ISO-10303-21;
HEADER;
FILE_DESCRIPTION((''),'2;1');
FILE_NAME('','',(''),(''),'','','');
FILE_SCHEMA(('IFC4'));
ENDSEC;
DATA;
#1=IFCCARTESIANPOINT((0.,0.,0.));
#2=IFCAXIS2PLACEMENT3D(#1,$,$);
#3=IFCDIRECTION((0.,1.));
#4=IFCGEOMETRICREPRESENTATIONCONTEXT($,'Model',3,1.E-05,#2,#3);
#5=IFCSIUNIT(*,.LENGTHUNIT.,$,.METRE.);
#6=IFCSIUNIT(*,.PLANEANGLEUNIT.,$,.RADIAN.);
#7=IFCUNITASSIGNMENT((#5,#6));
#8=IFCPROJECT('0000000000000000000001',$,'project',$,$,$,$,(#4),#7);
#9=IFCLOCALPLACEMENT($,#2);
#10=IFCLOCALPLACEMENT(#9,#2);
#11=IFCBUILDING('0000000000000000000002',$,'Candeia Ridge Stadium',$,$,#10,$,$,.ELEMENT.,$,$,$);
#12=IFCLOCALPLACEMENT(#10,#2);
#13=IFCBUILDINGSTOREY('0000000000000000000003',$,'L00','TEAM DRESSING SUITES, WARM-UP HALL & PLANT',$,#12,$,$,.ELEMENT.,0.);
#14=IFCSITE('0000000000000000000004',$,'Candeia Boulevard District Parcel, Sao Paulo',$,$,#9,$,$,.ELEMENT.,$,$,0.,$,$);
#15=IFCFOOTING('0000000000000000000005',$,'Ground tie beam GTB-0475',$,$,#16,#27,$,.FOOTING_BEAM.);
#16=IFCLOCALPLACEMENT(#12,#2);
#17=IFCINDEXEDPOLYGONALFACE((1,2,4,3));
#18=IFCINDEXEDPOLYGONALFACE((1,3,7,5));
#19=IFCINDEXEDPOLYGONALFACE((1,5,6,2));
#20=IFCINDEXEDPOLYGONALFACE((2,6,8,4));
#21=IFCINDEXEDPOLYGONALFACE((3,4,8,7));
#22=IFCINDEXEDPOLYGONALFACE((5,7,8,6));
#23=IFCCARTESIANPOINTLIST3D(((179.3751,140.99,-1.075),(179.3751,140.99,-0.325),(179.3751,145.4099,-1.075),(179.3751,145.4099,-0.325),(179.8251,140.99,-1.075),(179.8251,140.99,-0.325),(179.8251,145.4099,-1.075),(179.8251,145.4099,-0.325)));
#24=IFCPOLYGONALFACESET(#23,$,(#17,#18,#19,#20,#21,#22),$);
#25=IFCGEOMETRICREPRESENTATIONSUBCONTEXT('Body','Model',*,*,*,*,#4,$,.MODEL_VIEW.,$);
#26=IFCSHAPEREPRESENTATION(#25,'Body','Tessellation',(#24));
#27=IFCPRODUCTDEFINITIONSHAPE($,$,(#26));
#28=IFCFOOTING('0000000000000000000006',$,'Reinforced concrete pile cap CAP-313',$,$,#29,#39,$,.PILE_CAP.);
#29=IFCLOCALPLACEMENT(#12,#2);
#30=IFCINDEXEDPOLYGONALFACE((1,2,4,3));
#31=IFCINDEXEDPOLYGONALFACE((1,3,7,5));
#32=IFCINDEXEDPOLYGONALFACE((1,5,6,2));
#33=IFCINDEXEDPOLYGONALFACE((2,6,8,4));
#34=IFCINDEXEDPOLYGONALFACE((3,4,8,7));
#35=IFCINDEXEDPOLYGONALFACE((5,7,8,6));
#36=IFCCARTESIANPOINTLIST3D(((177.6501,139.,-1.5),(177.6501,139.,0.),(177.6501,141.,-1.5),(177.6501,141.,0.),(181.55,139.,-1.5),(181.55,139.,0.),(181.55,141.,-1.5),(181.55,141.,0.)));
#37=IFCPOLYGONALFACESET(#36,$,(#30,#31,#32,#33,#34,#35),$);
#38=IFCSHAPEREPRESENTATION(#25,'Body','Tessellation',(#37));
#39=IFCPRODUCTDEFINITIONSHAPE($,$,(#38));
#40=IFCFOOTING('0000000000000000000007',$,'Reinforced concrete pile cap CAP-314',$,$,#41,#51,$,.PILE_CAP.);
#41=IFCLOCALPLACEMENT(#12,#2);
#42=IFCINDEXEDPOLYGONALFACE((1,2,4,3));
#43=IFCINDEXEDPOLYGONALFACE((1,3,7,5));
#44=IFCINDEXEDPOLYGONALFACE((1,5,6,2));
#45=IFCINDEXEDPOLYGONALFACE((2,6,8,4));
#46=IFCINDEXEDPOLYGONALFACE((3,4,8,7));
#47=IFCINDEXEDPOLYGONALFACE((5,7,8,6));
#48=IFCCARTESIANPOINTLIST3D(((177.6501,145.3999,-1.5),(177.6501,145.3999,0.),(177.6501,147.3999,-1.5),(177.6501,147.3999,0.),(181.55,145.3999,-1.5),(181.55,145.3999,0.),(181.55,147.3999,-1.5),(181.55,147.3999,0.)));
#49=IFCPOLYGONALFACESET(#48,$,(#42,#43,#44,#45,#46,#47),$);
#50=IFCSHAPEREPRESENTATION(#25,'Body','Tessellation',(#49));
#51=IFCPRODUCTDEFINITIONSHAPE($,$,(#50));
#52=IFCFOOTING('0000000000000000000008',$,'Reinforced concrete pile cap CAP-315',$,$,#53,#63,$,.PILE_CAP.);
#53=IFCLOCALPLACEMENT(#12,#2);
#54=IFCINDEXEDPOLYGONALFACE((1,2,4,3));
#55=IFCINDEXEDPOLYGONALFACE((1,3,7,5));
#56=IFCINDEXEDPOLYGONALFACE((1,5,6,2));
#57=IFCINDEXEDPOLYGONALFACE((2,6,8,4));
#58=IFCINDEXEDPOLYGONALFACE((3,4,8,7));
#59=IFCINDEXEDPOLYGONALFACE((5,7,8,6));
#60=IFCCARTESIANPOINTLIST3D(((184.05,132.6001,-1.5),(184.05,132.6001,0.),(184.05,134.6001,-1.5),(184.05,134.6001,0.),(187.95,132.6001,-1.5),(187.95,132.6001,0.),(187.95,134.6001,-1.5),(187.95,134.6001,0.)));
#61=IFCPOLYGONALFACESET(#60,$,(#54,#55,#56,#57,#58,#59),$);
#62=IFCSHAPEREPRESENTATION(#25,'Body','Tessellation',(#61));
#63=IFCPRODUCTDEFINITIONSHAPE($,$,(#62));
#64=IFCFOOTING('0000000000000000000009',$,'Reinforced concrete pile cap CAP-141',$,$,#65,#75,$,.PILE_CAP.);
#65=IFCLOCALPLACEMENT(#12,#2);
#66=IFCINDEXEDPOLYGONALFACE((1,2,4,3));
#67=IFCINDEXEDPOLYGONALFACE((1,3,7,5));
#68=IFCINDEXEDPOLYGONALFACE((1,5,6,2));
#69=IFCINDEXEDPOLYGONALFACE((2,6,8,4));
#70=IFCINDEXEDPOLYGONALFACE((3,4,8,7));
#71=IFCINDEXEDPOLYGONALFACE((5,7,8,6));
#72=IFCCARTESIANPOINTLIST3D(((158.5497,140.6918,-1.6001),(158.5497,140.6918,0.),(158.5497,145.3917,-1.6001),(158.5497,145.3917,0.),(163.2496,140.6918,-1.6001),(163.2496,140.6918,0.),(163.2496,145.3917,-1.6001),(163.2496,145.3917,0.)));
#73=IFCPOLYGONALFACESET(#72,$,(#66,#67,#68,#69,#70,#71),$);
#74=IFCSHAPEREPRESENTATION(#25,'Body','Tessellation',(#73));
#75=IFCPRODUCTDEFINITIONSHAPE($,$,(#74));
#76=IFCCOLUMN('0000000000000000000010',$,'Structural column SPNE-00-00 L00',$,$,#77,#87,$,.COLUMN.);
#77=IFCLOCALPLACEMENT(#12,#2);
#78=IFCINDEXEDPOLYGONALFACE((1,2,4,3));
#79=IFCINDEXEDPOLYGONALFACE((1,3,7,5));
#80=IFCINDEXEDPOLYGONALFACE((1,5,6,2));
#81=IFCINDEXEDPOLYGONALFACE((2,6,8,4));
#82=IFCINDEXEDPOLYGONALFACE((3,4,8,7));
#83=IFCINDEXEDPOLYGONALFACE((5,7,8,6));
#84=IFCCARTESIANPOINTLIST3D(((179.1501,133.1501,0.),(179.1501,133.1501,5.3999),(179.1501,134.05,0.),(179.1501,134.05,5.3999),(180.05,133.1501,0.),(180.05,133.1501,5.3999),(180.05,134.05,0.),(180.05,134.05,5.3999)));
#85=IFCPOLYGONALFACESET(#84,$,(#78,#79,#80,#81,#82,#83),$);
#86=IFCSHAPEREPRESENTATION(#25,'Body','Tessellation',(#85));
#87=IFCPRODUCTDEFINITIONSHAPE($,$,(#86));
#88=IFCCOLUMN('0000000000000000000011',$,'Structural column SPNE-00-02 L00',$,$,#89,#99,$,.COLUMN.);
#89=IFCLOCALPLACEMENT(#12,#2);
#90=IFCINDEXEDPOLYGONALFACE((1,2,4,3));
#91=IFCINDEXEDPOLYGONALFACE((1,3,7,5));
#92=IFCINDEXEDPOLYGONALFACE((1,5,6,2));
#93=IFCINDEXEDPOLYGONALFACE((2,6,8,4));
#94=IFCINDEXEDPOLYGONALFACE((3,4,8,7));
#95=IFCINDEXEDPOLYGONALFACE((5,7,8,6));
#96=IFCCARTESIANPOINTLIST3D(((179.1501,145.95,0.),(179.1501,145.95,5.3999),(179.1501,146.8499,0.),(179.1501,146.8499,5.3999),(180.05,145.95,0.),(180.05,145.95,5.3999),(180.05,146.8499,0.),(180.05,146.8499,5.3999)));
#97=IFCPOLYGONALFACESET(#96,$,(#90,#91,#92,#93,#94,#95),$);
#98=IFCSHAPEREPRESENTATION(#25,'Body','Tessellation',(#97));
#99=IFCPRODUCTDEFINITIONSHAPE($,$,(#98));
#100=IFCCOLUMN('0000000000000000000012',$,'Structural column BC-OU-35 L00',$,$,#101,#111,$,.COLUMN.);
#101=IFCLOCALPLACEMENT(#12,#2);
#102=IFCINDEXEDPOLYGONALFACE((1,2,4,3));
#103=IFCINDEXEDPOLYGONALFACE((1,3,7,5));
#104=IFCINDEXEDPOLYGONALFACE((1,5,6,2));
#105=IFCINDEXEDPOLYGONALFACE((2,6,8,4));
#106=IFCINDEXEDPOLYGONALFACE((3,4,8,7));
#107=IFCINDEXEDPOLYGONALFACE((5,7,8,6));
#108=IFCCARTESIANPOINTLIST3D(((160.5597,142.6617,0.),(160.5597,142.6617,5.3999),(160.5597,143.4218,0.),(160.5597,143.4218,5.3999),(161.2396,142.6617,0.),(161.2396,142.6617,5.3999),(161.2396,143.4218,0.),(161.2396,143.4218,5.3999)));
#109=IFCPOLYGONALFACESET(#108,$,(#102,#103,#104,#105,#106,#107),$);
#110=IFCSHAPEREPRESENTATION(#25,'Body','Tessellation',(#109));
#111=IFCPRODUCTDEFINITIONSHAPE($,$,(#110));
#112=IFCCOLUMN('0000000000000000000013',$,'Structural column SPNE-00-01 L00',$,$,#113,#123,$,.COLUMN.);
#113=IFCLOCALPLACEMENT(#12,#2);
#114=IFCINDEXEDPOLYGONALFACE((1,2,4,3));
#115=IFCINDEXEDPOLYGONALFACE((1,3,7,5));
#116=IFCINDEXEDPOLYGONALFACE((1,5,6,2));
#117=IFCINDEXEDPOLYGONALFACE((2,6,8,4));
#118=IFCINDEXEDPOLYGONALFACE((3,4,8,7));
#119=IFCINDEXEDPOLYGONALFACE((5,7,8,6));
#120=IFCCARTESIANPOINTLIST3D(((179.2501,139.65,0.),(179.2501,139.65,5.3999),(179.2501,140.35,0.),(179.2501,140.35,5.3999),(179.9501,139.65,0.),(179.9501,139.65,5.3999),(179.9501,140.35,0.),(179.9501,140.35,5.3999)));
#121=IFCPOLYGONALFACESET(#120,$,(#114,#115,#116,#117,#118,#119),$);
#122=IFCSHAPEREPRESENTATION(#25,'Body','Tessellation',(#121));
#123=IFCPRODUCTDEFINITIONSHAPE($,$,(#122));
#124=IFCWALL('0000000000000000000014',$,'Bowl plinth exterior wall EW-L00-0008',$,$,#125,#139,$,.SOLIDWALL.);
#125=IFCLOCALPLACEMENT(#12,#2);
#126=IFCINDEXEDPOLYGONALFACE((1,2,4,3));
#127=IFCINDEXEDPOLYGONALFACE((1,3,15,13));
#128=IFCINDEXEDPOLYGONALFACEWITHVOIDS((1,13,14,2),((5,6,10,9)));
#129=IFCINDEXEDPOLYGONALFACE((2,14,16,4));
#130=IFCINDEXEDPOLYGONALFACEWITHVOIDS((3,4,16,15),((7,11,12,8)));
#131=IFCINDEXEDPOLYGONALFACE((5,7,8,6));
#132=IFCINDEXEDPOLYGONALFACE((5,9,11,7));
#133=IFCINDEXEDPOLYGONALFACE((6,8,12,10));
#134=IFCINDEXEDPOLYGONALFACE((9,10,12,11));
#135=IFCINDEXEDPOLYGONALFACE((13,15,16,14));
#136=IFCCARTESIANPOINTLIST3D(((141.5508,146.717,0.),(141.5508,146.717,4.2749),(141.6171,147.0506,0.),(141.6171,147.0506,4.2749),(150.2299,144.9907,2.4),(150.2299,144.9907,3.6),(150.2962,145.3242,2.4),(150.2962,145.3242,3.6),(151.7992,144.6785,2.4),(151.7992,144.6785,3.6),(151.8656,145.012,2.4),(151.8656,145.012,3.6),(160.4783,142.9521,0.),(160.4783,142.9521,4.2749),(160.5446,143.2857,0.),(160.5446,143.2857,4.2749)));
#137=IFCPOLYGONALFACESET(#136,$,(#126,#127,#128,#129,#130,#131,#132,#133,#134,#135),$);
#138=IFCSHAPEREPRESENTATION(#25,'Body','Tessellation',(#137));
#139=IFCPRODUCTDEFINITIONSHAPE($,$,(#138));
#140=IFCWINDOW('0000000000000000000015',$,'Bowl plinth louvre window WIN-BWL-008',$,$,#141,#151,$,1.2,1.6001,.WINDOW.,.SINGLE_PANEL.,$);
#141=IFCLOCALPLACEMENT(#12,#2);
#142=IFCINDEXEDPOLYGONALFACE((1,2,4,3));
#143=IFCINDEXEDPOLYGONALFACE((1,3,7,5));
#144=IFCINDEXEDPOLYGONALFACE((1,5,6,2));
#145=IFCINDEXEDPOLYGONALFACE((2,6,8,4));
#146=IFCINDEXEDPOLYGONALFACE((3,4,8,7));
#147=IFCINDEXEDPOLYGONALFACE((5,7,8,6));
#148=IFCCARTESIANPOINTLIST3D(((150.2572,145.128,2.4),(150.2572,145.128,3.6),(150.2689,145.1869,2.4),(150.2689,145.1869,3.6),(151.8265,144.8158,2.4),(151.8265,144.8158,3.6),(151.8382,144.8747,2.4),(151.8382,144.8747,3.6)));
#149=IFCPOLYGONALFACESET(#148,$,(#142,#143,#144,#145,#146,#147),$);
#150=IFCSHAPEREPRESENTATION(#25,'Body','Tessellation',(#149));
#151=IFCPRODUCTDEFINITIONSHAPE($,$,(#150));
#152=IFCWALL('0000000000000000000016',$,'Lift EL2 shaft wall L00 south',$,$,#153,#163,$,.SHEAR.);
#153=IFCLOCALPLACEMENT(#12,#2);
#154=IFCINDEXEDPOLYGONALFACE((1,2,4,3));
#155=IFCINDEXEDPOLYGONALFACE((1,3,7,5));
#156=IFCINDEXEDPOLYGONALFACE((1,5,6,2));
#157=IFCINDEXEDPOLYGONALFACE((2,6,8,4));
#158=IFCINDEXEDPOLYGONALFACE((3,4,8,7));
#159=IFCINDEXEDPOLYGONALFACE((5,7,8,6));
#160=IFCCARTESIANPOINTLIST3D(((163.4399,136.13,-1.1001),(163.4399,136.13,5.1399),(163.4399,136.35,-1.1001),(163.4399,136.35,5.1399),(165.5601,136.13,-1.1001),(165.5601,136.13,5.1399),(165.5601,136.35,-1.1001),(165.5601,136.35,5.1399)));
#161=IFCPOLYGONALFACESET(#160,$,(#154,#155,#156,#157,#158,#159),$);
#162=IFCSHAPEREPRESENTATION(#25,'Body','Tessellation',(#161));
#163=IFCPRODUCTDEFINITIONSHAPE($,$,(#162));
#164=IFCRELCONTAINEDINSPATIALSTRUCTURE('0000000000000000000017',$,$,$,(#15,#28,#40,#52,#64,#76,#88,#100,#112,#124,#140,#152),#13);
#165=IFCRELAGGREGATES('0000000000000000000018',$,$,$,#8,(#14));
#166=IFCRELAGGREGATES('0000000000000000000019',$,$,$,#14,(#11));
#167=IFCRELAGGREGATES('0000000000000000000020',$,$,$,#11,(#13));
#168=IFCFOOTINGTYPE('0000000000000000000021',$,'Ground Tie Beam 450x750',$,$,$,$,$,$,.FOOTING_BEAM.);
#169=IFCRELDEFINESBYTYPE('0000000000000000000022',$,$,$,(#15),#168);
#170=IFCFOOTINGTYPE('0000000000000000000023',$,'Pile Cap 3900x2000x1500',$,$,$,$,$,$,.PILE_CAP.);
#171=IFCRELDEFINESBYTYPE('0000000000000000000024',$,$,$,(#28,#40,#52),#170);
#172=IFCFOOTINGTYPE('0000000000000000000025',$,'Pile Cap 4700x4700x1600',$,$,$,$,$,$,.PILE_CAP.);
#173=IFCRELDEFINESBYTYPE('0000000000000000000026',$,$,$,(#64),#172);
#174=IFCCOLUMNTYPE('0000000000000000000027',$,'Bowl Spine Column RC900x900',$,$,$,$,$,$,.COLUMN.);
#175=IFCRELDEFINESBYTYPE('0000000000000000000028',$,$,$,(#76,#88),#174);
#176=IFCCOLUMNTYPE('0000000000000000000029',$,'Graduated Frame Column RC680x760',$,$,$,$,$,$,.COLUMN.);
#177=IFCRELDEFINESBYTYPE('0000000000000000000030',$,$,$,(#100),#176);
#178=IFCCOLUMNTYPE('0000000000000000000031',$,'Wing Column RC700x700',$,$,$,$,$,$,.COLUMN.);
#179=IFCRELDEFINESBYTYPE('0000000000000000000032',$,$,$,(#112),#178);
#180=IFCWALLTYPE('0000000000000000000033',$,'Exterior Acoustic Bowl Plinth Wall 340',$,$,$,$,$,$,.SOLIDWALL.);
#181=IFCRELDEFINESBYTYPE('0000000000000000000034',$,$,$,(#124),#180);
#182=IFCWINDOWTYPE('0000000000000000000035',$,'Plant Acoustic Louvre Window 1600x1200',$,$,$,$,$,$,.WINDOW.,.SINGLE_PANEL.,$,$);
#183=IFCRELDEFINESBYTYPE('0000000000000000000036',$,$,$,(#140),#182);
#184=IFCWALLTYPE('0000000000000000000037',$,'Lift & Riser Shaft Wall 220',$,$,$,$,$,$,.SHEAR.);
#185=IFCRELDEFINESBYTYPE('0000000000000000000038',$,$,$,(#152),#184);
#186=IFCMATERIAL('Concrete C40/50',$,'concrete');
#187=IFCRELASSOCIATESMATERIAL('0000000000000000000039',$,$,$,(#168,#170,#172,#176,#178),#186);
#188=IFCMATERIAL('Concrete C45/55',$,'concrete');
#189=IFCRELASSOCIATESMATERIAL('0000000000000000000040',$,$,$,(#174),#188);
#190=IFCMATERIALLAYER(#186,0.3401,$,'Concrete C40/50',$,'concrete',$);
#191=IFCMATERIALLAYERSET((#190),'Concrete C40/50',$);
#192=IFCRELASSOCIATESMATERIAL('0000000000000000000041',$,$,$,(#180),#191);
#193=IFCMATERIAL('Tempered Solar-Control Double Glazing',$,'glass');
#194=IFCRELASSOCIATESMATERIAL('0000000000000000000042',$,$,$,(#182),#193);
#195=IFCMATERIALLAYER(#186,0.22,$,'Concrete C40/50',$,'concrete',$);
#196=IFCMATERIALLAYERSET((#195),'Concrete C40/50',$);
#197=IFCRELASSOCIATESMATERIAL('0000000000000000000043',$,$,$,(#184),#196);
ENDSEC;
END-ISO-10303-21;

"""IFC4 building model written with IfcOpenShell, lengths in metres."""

from ifc_helpers import new_model, si_unit, direction, frame, frame_2d, origin, origin_2d, place, context, subcontext, project, spatial, rectangle, extrude, material, layer, layer_set, material_profile, profile_set, type_object, element, fill, save


model = new_model("IFC4")

# Units and contexts
model_context = context("Model", 3, precision=1e-05, world=origin(), true_north=direction((0.0, 1.0)))
body_context = subcontext(model_context, "Body", "Model", "MODEL_VIEW")
ifc_project = project(units=[si_unit("LENGTHUNIT", "METRE"), si_unit("PLANEANGLEUNIT", "RADIAN")], contexts=[model_context])

# Site, building, storey
site_placement = place(None, origin())
site = spatial("IfcSite", under=ifc_project, at=site_placement, Name="Candeia Boulevard District Parcel, Sao Paulo", CompositionType="ELEMENT", RefElevation=0.0)
building_placement = place(site_placement, origin())
building = spatial("IfcBuilding", under=site, at=building_placement, Name="Candeia Ridge Stadium", CompositionType="ELEMENT")
storey_placement = place(building_placement, origin())
storey = spatial("IfcBuildingStorey", under=building, at=storey_placement, Name="L00", Description="TEAM DRESSING SUITES, WARM-UP HALL & PLANT", CompositionType="ELEMENT", Elevation=0.0)

# Shared definitions
ifc_material_1 = material(Name="Concrete C40/50", Category="concrete")

# Footings
footing_type_1 = type_object("IfcFootingType", Name="Ground Tie Beam 450x750", PredefinedType="FOOTING_BEAM", material=ifc_material_1)
for number, where, z_axis, x_axis, name in (
    (1, (179.6001, 143.2, -1.075), (0.0, 0.0, 1.0), (0.0, 1.0, 0.0), "Ground tie beam GTB-0475"),
):
    element("IfcFooting", number, at=place(storey_placement, frame(where, z_axis=z_axis, x_axis=x_axis)), inside=storey, type_object=footing_type_1, Name=name, PredefinedType="FOOTING_BEAM", context=body_context, shape_type="SweptSolid", body=[
        extrude(rectangle(XDim=4.4199, YDim=0.45, at=origin_2d()), origin(), (0.0, 0.0, 1.0), 0.75),
    ])
footing_type_2 = type_object("IfcFootingType", Name="Pile Cap 3900x2000x1500", PredefinedType="PILE_CAP", material=ifc_material_1)
for number, where, z_axis, x_axis, name in (
    (2, (179.6001, 140.0, -1.5), (0.0, 0.0, 1.0), (1.0, 0.0, 0.0), "Reinforced concrete pile cap CAP-313"),
    (3, (179.6001, 146.3999, -1.5), (0.0, 0.0, 1.0), (1.0, 0.0, 0.0), "Reinforced concrete pile cap CAP-314"),
    (4, (186.0, 133.6001, -1.5), (0.0, 0.0, 1.0), (1.0, 0.0, 0.0), "Reinforced concrete pile cap CAP-315"),
):
    element("IfcFooting", number, at=place(storey_placement, frame(where, z_axis=z_axis, x_axis=x_axis)), inside=storey, type_object=footing_type_2, Name=name, PredefinedType="PILE_CAP", context=body_context, shape_type="SweptSolid", body=[
        extrude(rectangle(XDim=3.8999, YDim=2.0, at=origin_2d()), origin(), (0.0, 0.0, 1.0), 1.5),
    ])
footing_type_3 = type_object("IfcFootingType", Name="Pile Cap 4700x4700x1600", PredefinedType="PILE_CAP", material=ifc_material_1)
footing_placement = place(storey_placement, frame((160.8997, 143.0417, -1.6001), z_axis=(0.0, 0.0, 1.0), x_axis=(1.0, 0.0, 0.0)))
element("IfcFooting", 5, at=footing_placement, inside=storey, type_object=footing_type_3, Name="Reinforced concrete pile cap CAP-141", PredefinedType="PILE_CAP", context=body_context, shape_type="SweptSolid", body=[
    extrude(rectangle(XDim=4.7, YDim=4.7, at=origin_2d()), origin(), (0.0, 0.0, 1.0), 1.6001),
])

# Columns
ifc_material_2 = material(Name="Concrete C45/55", Category="concrete")
ifc_material_profile_1 = material_profile(ifc_material_2, rectangle(XDim=0.8999, YDim=0.8999, at=origin_2d()), Name="RC900x900", Category="concrete")
ifc_profile_set_1 = profile_set([ifc_material_profile_1], Name="Concrete C45/55")
column_type_1 = type_object("IfcColumnType", Name="Bowl Spine Column RC900x900", PredefinedType="COLUMN", material=ifc_profile_set_1)
for number, where, z_axis, x_axis, name in (
    (6, (179.6001, 133.6001, 0.0), (0.0, 0.0, 1.0), (1.0, 0.0, 0.0), "Structural column SPNE-00-00 L00"),
    (7, (179.6001, 146.3999, 0.0), (0.0, 0.0, 1.0), (1.0, 0.0, 0.0), "Structural column SPNE-00-02 L00"),
):
    element("IfcColumn", number, at=place(storey_placement, frame(where, z_axis=z_axis, x_axis=x_axis)), inside=storey, type_object=column_type_1, Name=name, PredefinedType="COLUMN", context=body_context, shape_type="SweptSolid", body=[
        extrude(rectangle(XDim=0.8999, YDim=0.8999, at=origin_2d()), origin(), (0.0, 0.0, 1.0), 5.3999),
    ])
ifc_material_profile_2 = material_profile(ifc_material_1, rectangle(XDim=0.6799, YDim=0.76, at=origin_2d()), Name="RC680x760", Category="concrete")
ifc_profile_set_2 = profile_set([ifc_material_profile_2], Name="Concrete C40/50")
column_type_2 = type_object("IfcColumnType", Name="Graduated Frame Column RC680x760", PredefinedType="COLUMN", material=ifc_profile_set_2)
column_1_placement = place(storey_placement, frame((160.8997, 143.0417, 0.0), z_axis=(0.0, 0.0, 1.0), x_axis=(1.0, 0.0, 0.0)))
element("IfcColumn", 8, at=column_1_placement, inside=storey, type_object=column_type_2, Name="Structural column BC-OU-35 L00", PredefinedType="COLUMN", context=body_context, shape_type="SweptSolid", body=[
    extrude(rectangle(XDim=0.6799, YDim=0.76, at=origin_2d()), origin(), (0.0, 0.0, 1.0), 5.3999),
])
ifc_material_profile_3 = material_profile(ifc_material_1, rectangle(XDim=0.7, YDim=0.7, at=origin_2d()), Name="RC700x700", Category="concrete")
ifc_profile_set_3 = profile_set([ifc_material_profile_3], Name="Concrete C40/50")
column_type_3 = type_object("IfcColumnType", Name="Wing Column RC700x700", PredefinedType="COLUMN", material=ifc_profile_set_3)
column_2_placement = place(storey_placement, frame((179.6001, 140.0, 0.0), z_axis=(0.0, 0.0, 1.0), x_axis=(1.0, 0.0, 0.0)))
element("IfcColumn", 9, at=column_2_placement, inside=storey, type_object=column_type_3, Name="Structural column SPNE-00-01 L00", PredefinedType="COLUMN", context=body_context, shape_type="SweptSolid", body=[
    extrude(rectangle(XDim=0.7, YDim=0.7, at=origin_2d()), origin(), (0.0, 0.0, 1.0), 5.3999),
])

# Wall, opening, window
ifc_layer_1 = layer(ifc_material_1, 0.3401, Name="Concrete C40/50", Category="concrete")
ifc_layer_set_1 = layer_set([ifc_layer_1], Name="Concrete C40/50")
wall_type_1 = type_object("IfcWallType", Name="Exterior Acoustic Bowl Plinth Wall 340", PredefinedType="SOLIDWALL", material=ifc_layer_set_1)
wall_1_placement = place(storey_placement, frame((160.5115, 143.1189, 0.0), z_axis=(0.0, 0.0, 1.0), x_axis=(-0.980785, 0.195089, 0.0)))
wall_1 = element("IfcWall", 10, at=wall_1_placement, inside=storey, type_object=wall_type_1, Name="Bowl plinth exterior wall EW-L00-0008", PredefinedType="SOLIDWALL", context=body_context, shape_type="SweptSolid", body=[
    extrude(rectangle(XDim=19.2983, YDim=0.3401, at=frame_2d((9.6492, 0.0))), origin(), (0.0, 0.0, 1.0), 4.2749),
])
opening_1_placement = place(wall_1_placement, frame((8.8491, 0.0, 2.3999)))
opening_1 = element("IfcOpeningElement", 11, at=opening_1_placement, cuts=wall_1, PredefinedType="OPENING", context=body_context, shape_type="SweptSolid", body=[
    extrude(rectangle(XDim=1.6001, YDim=1.2, at=frame_2d((0.8, 0.6001))), frame((0.0, 0.1799, 0.0), z_axis=(0.0, -1.0, 0.0), x_axis=(1.0, 0.0, 0.0)), (0.0, 0.0, 1.0), 0.3601),
])
ifc_material_3 = material(Name="Tempered Solar-Control Double Glazing", Category="glass")
window_type = type_object("IfcWindowType", Name="Plant Acoustic Louvre Window 1600x1200", PartitioningType="SINGLE_PANEL", PredefinedType="WINDOW", material=ifc_material_3)
window_placement = place(opening_1_placement, origin())
window = element("IfcWindow", 12, at=window_placement, inside=storey, type_object=window_type, Name="Bowl plinth louvre window WIN-BWL-008", OverallHeight=1.2, OverallWidth=1.6001, PartitioningType="SINGLE_PANEL", PredefinedType="WINDOW", context=body_context, shape_type="SweptSolid", body=[
    extrude(rectangle(XDim=1.6001, YDim=1.2, at=frame_2d((0.8, 0.6001))), frame((0.0, 0.03, 0.0), z_axis=(0.0, -1.0, 0.0), x_axis=(1.0, 0.0, 0.0)), (0.0, 0.0, 1.0), 0.0601),
])
fill(opening_1, window)

# Wall
ifc_layer_2 = layer(ifc_material_1, 0.22, Name="Concrete C40/50", Category="concrete")
ifc_layer_set_2 = layer_set([ifc_layer_2], Name="Concrete C40/50")
wall_type_2 = type_object("IfcWallType", Name="Lift & Riser Shaft Wall 220", PredefinedType="SHEAR", material=ifc_layer_set_2)
wall_2_placement = place(storey_placement, frame((163.4399, 136.24, -1.1001), z_axis=(0.0, 0.0, 1.0), x_axis=(1.0, 0.0, 0.0)))
element("IfcWall", 13, at=wall_2_placement, inside=storey, type_object=wall_type_2, Name="Lift EL2 shaft wall L00 south", PredefinedType="SHEAR", context=body_context, shape_type="SweptSolid", body=[
    extrude(rectangle(XDim=2.1201, YDim=0.22, at=frame_2d((1.0601, 0.0))), origin(), (0.0, 0.0, 1.0), 6.24),
])

save(model, "model.ifc")
